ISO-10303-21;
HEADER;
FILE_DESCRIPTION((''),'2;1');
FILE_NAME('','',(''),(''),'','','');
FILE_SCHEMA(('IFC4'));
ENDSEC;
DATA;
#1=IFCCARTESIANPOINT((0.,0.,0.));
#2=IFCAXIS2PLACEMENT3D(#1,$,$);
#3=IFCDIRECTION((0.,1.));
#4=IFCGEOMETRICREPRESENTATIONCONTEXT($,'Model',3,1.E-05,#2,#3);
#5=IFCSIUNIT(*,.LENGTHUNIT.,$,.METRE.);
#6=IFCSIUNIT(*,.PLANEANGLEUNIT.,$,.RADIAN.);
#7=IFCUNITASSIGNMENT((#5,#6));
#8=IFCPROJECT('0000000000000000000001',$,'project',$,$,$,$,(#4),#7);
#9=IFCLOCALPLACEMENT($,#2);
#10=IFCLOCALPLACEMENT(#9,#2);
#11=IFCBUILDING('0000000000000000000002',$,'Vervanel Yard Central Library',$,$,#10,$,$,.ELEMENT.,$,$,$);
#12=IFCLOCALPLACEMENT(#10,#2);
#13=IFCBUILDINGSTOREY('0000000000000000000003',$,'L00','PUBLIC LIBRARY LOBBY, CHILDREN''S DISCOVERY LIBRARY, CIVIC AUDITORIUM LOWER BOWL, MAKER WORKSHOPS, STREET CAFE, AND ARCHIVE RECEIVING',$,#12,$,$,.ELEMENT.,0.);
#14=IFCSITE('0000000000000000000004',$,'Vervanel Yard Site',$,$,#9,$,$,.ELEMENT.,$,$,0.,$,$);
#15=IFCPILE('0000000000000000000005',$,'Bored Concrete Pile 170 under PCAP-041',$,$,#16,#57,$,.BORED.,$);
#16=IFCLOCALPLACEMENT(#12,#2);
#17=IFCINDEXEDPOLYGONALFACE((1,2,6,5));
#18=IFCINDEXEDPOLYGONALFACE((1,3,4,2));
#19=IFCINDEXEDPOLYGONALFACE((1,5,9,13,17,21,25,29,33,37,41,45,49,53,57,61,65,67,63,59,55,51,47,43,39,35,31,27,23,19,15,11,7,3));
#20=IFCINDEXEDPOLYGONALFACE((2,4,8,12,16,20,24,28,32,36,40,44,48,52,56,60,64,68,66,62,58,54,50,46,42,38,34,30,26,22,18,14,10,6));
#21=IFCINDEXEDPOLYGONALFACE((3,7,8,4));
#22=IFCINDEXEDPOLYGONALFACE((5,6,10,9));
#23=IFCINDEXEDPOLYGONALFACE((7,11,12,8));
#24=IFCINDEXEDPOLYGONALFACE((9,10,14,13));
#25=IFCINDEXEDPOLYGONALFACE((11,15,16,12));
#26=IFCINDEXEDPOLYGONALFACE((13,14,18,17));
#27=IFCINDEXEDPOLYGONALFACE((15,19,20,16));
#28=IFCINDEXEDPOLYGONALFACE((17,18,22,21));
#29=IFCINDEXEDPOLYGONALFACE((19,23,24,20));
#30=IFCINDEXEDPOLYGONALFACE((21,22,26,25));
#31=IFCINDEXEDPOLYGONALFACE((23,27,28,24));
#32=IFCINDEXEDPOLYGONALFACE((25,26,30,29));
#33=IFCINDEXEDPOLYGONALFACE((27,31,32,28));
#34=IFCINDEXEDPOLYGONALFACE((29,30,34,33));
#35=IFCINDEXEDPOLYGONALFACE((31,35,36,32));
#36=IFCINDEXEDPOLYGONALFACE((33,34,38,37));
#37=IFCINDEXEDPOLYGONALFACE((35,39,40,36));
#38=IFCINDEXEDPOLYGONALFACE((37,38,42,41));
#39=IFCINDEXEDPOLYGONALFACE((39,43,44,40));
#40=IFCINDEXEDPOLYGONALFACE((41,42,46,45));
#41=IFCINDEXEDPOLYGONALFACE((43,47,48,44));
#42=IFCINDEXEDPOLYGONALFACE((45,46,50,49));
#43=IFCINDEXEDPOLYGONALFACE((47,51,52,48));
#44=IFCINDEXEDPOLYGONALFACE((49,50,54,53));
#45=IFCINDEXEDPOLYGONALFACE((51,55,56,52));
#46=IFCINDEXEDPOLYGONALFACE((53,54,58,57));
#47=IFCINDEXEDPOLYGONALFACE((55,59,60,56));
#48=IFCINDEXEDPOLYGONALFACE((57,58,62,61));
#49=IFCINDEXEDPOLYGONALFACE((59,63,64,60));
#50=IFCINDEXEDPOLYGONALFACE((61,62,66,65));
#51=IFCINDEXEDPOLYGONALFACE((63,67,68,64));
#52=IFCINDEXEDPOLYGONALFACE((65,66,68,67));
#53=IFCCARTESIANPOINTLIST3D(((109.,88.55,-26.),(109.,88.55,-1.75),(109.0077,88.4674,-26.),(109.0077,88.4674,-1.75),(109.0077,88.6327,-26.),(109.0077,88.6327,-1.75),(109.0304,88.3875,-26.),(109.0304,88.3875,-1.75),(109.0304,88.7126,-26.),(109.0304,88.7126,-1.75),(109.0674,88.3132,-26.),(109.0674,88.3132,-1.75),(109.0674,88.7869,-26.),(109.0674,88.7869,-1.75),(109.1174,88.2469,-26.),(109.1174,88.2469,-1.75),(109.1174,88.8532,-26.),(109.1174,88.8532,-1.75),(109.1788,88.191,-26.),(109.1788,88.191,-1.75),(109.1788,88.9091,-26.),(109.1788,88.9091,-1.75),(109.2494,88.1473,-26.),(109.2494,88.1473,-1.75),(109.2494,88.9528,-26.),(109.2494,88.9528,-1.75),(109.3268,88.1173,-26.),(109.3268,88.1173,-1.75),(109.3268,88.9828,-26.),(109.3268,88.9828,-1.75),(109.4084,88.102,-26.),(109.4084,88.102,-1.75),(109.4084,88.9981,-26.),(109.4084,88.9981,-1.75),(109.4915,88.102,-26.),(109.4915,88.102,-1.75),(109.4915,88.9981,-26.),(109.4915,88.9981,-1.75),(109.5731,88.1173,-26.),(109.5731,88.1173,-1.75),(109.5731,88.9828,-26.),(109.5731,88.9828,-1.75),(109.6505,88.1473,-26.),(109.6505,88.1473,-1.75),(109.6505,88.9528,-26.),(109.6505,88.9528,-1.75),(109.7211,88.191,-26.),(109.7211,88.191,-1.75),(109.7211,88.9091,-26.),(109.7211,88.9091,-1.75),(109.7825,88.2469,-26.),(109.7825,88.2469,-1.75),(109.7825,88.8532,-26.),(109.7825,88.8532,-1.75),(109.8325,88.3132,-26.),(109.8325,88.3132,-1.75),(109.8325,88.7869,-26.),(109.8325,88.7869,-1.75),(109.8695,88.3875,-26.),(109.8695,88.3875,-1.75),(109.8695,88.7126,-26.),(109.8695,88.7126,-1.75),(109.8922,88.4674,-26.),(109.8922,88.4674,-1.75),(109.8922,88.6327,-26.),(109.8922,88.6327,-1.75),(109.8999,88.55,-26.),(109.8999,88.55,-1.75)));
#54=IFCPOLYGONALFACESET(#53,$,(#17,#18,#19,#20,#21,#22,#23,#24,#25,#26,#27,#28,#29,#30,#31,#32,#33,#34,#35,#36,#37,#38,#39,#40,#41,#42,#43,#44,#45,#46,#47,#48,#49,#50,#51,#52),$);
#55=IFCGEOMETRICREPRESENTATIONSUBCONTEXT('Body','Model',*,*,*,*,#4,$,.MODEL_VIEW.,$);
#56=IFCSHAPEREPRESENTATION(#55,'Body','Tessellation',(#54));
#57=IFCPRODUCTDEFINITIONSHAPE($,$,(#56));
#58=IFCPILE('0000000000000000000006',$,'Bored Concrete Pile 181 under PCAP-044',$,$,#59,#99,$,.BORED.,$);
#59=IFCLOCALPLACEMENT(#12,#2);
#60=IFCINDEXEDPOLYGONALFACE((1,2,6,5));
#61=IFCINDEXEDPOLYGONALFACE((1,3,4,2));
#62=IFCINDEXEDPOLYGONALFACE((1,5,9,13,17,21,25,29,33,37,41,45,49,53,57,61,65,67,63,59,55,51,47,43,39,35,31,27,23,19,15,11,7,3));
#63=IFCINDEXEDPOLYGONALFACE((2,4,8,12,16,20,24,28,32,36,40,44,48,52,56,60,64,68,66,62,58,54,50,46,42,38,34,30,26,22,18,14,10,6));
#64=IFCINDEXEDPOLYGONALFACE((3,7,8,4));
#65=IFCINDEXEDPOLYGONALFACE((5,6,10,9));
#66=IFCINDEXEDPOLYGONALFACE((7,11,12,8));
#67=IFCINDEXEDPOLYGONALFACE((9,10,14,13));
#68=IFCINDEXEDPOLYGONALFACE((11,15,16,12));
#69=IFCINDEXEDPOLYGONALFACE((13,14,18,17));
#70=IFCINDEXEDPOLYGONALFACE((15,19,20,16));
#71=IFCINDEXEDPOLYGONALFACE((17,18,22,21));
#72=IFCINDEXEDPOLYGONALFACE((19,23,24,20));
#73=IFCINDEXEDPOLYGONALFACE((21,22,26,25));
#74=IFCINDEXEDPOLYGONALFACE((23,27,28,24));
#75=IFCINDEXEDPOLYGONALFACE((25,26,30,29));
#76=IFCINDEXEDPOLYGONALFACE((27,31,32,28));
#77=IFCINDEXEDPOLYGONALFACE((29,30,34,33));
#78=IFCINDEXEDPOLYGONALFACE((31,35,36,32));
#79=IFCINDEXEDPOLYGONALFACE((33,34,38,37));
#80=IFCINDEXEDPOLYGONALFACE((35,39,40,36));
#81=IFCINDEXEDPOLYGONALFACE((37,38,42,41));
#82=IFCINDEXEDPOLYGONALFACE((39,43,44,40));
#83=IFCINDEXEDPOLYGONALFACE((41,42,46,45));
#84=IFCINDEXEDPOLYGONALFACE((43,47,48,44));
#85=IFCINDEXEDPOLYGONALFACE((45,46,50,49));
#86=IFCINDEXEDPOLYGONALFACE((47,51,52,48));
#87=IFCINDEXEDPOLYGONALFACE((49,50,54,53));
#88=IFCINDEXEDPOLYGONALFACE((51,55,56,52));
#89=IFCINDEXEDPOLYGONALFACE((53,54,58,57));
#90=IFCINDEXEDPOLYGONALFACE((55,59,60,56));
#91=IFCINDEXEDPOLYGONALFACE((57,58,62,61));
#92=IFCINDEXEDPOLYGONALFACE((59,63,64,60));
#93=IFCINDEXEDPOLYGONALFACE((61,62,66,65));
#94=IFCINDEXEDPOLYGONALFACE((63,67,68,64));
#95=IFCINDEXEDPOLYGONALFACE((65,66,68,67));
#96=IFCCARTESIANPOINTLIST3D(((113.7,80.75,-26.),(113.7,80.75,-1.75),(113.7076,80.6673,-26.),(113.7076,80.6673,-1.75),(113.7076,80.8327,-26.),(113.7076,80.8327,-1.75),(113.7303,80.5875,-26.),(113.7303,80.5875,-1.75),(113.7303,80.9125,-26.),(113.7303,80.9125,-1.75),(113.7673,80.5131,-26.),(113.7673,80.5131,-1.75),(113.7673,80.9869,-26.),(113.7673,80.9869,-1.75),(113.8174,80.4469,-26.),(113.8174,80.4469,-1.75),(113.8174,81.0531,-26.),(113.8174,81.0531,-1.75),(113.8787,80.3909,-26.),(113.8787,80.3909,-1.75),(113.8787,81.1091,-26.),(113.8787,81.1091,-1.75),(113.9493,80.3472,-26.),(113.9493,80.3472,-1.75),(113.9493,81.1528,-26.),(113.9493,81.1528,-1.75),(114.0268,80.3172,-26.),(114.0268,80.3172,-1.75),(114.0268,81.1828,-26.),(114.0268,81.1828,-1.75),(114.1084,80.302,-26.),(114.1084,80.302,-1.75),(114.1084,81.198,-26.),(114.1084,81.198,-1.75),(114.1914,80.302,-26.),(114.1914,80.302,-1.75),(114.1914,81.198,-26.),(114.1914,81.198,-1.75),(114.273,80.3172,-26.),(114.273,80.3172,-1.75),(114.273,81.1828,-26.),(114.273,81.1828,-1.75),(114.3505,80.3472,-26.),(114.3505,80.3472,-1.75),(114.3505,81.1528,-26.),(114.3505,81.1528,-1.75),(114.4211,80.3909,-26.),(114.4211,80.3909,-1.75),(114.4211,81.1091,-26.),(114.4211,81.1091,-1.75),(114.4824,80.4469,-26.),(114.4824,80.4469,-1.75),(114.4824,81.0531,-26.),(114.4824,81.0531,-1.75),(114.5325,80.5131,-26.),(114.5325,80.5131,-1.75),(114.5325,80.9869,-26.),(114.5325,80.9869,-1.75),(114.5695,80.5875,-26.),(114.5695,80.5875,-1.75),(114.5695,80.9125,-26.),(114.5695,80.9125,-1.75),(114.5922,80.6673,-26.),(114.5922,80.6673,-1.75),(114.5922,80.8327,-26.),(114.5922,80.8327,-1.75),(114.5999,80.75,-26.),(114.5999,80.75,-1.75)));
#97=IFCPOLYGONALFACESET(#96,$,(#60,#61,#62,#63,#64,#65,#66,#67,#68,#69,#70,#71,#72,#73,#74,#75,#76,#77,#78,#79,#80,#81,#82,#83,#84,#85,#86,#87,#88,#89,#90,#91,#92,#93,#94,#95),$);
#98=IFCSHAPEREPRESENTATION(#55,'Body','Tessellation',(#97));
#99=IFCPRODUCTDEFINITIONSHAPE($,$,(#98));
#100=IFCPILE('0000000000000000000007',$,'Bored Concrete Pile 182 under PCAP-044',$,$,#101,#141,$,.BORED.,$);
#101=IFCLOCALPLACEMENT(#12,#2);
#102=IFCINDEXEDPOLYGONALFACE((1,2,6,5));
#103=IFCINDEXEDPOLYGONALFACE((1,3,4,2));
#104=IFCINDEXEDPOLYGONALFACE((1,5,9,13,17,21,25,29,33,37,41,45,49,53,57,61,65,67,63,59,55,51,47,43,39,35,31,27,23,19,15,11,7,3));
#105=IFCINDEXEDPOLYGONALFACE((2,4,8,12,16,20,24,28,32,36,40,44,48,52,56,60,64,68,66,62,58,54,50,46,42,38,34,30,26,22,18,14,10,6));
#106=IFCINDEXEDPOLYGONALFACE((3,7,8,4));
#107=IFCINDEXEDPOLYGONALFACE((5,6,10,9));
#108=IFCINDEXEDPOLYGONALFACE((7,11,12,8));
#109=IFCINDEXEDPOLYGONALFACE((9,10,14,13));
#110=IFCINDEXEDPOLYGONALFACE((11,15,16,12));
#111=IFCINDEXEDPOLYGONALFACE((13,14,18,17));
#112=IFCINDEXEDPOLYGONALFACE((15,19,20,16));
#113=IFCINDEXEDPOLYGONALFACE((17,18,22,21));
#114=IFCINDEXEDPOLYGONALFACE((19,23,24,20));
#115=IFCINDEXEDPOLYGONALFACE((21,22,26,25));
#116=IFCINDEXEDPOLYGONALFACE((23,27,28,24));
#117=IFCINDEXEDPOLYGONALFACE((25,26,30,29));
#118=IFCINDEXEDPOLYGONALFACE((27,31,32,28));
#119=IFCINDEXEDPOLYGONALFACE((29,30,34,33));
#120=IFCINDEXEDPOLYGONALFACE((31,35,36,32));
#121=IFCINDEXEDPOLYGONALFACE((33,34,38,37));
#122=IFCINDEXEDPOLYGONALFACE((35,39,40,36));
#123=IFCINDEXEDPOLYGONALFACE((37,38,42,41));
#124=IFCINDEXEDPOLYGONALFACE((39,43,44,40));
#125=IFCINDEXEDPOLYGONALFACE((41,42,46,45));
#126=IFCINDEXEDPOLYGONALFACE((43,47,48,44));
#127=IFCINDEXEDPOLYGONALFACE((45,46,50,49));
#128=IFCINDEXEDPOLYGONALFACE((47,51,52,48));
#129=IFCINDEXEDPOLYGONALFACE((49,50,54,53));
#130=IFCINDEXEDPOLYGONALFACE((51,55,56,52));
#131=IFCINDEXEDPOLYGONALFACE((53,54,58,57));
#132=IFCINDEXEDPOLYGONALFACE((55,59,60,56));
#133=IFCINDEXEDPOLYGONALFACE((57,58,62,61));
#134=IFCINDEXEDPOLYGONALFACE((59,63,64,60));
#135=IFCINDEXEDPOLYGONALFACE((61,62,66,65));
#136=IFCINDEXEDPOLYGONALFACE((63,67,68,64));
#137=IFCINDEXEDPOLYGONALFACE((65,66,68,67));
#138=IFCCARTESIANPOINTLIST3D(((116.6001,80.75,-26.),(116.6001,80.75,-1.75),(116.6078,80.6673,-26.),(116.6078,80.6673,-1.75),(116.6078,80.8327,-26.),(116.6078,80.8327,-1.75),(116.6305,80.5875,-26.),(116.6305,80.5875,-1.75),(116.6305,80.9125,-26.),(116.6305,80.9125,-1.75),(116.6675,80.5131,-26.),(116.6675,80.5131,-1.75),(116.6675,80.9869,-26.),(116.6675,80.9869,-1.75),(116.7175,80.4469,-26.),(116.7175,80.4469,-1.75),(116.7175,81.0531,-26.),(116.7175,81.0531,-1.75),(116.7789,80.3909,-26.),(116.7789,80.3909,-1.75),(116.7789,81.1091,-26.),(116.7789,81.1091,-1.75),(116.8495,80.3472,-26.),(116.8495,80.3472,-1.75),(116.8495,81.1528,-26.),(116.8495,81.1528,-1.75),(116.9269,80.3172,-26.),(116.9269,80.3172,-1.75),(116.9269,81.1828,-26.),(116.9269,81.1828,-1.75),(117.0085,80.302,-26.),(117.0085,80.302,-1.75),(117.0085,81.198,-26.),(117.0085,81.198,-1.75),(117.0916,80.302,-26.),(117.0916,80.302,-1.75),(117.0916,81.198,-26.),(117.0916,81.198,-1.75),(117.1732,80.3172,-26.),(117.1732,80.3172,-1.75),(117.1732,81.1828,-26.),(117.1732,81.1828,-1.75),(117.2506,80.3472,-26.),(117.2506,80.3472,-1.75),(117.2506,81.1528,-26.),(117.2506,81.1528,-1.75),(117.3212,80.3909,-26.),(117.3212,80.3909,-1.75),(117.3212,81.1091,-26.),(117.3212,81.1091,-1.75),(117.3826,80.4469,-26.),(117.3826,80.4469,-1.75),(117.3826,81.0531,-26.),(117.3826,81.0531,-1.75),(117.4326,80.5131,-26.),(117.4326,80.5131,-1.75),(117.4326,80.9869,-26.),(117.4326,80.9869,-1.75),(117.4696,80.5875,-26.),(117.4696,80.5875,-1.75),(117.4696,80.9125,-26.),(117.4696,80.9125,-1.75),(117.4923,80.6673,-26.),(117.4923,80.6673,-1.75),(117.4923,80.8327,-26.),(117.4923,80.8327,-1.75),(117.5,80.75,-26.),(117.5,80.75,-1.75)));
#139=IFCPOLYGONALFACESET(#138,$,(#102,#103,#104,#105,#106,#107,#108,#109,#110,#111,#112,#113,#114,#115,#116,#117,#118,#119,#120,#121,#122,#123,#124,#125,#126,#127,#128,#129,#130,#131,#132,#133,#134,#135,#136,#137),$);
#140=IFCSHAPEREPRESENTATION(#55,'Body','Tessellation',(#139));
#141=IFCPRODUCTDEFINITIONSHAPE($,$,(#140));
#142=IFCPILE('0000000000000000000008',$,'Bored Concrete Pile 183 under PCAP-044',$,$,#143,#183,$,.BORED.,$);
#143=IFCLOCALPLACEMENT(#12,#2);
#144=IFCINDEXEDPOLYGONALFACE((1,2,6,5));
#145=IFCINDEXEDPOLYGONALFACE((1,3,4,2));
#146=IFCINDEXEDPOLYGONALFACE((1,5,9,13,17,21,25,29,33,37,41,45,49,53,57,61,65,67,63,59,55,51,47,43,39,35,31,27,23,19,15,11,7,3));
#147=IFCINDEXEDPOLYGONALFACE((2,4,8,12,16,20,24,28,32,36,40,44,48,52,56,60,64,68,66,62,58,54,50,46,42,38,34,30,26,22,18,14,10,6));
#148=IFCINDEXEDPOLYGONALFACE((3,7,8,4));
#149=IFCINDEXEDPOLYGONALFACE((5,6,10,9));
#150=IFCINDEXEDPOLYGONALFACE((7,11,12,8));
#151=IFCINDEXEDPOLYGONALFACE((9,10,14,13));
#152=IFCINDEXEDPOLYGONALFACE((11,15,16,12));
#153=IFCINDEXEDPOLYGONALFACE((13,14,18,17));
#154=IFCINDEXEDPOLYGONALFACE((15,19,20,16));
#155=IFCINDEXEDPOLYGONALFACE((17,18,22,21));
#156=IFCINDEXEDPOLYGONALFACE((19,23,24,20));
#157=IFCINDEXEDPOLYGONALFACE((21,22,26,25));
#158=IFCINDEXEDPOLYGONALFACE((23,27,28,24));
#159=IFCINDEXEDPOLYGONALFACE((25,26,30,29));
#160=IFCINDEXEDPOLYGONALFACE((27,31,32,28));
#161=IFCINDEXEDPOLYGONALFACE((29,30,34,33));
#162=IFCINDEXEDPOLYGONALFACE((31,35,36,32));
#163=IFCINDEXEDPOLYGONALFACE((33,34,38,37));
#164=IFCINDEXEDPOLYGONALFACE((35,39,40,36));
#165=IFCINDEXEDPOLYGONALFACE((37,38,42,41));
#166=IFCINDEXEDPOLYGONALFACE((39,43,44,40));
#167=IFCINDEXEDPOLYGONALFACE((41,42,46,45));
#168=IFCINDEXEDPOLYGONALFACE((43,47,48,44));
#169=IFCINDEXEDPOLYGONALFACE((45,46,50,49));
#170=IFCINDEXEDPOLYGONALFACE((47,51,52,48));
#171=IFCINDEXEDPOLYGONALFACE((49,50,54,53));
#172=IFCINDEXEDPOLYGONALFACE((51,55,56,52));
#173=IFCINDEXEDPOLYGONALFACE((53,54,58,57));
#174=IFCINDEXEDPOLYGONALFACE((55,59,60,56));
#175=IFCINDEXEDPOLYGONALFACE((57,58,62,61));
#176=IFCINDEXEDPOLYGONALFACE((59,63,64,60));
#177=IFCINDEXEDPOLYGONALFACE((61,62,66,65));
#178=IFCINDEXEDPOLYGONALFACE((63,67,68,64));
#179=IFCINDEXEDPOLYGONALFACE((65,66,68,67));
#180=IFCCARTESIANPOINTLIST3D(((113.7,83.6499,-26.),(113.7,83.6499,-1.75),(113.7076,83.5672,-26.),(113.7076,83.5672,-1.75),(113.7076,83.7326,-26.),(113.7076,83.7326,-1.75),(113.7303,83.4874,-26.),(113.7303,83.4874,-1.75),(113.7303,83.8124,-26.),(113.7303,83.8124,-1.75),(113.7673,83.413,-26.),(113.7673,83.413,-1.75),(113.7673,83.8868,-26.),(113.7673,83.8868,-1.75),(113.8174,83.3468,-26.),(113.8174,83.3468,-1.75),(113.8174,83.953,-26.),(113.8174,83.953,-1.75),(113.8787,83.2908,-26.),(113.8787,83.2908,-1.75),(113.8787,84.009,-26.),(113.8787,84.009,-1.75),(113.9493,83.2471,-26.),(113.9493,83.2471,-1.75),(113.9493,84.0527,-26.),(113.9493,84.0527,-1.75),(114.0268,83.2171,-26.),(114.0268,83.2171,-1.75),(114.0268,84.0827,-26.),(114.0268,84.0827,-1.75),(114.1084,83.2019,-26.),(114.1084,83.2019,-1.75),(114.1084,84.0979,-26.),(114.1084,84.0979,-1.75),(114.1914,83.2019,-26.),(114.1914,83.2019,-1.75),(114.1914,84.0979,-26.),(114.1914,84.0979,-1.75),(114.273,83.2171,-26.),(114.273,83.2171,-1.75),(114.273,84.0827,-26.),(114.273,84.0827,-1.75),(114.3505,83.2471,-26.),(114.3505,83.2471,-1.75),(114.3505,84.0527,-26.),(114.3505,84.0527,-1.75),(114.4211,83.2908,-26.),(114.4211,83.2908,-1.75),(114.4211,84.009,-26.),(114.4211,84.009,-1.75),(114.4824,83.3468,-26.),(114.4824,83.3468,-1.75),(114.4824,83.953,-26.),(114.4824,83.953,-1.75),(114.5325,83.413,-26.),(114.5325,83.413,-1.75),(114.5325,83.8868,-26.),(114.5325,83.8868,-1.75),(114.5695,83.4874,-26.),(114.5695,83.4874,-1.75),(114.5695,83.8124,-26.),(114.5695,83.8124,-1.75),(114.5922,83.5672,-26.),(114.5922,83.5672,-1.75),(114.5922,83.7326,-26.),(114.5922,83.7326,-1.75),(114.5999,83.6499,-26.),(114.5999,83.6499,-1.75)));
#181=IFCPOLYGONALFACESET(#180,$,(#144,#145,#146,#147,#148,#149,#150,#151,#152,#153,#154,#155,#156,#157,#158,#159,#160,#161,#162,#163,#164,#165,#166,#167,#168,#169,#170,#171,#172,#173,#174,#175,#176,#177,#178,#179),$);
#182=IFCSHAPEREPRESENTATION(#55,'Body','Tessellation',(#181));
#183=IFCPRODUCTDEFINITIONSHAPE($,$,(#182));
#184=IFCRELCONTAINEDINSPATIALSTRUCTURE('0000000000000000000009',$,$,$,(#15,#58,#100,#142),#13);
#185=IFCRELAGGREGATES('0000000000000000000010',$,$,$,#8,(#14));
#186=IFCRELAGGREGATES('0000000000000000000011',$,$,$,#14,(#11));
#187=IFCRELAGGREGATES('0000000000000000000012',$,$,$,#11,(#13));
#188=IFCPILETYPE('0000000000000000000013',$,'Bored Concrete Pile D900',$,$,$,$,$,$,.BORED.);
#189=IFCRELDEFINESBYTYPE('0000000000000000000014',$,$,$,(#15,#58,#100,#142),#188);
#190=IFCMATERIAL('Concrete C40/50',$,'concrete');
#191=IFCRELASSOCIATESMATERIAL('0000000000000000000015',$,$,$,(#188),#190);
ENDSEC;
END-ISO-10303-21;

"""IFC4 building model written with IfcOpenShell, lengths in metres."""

from ifc_helpers import new_model, si_unit, direction, frame, origin, origin_2d, place, context, subcontext, project, spatial, circle, extrude, material, material_profile, profile_set, type_object, element, save


model = new_model("IFC4")

# Units and contexts
model_context = context("Model", 3, precision=1e-05, world=origin(), true_north=direction((0.0, 1.0)))
body_context = subcontext(model_context, "Body", "Model", "MODEL_VIEW")
ifc_project = project(units=[si_unit("LENGTHUNIT", "METRE"), si_unit("PLANEANGLEUNIT", "RADIAN")], contexts=[model_context])

# Site, building, storey
site_placement = place(None, origin())
site = spatial("IfcSite", under=ifc_project, at=site_placement, Name="Vervanel Yard Site", CompositionType="ELEMENT", RefElevation=0.0)
building_placement = place(site_placement, origin())
building = spatial("IfcBuilding", under=site, at=building_placement, Name="Vervanel Yard Central Library", CompositionType="ELEMENT")
storey_placement = place(building_placement, origin())
storey = spatial("IfcBuildingStorey", under=building, at=storey_placement, Name="L00", Description="PUBLIC LIBRARY LOBBY, CHILDREN'S DISCOVERY LIBRARY, CIVIC AUDITORIUM LOWER BOWL, MAKER WORKSHOPS, STREET CAFE, AND ARCHIVE RECEIVING", CompositionType="ELEMENT", Elevation=0.0)

# Piles
ifc_material_1 = material(Name="Concrete C40/50", Category="concrete")
ifc_material_profile_1 = material_profile(ifc_material_1, circle(Radius=0.45, at=origin_2d()), Name="BP D900", Category="concrete")
ifc_profile_set_1 = profile_set([ifc_material_profile_1], Name="Concrete C40/50")
pile_type_1 = type_object("IfcPileType", Name="Bored Concrete Pile D900", PredefinedType="BORED", material=ifc_profile_set_1)
for number, where, z_axis, x_axis, name in (
    (1, (109.45, 88.55, -1.75), (0.0, 0.0, -1.0), (1.0, 0.0, 0.0), "Bored Concrete Pile 170 under PCAP-041"),
    (2, (114.1499, 80.75, -1.75), (0.0, 0.0, -1.0), (1.0, 0.0, 0.0), "Bored Concrete Pile 181 under PCAP-044"),
    (3, (117.05, 80.75, -1.75), (0.0, 0.0, -1.0), (1.0, 0.0, 0.0), "Bored Concrete Pile 182 under PCAP-044"),
    (4, (114.1499, 83.6499, -1.75), (0.0, 0.0, -1.0), (1.0, 0.0, 0.0), "Bored Concrete Pile 183 under PCAP-044"),
):
    element("IfcPile", number, at=place(storey_placement, frame(where, z_axis=z_axis, x_axis=x_axis)), inside=storey, type_object=pile_type_1, Name=name, PredefinedType="BORED", context=body_context, shape_type="SweptSolid", body=[
        extrude(circle(Radius=0.45, at=origin_2d()), origin(), (0.0, 0.0, 1.0), 24.25),
    ])

save(model, "model.ifc")
